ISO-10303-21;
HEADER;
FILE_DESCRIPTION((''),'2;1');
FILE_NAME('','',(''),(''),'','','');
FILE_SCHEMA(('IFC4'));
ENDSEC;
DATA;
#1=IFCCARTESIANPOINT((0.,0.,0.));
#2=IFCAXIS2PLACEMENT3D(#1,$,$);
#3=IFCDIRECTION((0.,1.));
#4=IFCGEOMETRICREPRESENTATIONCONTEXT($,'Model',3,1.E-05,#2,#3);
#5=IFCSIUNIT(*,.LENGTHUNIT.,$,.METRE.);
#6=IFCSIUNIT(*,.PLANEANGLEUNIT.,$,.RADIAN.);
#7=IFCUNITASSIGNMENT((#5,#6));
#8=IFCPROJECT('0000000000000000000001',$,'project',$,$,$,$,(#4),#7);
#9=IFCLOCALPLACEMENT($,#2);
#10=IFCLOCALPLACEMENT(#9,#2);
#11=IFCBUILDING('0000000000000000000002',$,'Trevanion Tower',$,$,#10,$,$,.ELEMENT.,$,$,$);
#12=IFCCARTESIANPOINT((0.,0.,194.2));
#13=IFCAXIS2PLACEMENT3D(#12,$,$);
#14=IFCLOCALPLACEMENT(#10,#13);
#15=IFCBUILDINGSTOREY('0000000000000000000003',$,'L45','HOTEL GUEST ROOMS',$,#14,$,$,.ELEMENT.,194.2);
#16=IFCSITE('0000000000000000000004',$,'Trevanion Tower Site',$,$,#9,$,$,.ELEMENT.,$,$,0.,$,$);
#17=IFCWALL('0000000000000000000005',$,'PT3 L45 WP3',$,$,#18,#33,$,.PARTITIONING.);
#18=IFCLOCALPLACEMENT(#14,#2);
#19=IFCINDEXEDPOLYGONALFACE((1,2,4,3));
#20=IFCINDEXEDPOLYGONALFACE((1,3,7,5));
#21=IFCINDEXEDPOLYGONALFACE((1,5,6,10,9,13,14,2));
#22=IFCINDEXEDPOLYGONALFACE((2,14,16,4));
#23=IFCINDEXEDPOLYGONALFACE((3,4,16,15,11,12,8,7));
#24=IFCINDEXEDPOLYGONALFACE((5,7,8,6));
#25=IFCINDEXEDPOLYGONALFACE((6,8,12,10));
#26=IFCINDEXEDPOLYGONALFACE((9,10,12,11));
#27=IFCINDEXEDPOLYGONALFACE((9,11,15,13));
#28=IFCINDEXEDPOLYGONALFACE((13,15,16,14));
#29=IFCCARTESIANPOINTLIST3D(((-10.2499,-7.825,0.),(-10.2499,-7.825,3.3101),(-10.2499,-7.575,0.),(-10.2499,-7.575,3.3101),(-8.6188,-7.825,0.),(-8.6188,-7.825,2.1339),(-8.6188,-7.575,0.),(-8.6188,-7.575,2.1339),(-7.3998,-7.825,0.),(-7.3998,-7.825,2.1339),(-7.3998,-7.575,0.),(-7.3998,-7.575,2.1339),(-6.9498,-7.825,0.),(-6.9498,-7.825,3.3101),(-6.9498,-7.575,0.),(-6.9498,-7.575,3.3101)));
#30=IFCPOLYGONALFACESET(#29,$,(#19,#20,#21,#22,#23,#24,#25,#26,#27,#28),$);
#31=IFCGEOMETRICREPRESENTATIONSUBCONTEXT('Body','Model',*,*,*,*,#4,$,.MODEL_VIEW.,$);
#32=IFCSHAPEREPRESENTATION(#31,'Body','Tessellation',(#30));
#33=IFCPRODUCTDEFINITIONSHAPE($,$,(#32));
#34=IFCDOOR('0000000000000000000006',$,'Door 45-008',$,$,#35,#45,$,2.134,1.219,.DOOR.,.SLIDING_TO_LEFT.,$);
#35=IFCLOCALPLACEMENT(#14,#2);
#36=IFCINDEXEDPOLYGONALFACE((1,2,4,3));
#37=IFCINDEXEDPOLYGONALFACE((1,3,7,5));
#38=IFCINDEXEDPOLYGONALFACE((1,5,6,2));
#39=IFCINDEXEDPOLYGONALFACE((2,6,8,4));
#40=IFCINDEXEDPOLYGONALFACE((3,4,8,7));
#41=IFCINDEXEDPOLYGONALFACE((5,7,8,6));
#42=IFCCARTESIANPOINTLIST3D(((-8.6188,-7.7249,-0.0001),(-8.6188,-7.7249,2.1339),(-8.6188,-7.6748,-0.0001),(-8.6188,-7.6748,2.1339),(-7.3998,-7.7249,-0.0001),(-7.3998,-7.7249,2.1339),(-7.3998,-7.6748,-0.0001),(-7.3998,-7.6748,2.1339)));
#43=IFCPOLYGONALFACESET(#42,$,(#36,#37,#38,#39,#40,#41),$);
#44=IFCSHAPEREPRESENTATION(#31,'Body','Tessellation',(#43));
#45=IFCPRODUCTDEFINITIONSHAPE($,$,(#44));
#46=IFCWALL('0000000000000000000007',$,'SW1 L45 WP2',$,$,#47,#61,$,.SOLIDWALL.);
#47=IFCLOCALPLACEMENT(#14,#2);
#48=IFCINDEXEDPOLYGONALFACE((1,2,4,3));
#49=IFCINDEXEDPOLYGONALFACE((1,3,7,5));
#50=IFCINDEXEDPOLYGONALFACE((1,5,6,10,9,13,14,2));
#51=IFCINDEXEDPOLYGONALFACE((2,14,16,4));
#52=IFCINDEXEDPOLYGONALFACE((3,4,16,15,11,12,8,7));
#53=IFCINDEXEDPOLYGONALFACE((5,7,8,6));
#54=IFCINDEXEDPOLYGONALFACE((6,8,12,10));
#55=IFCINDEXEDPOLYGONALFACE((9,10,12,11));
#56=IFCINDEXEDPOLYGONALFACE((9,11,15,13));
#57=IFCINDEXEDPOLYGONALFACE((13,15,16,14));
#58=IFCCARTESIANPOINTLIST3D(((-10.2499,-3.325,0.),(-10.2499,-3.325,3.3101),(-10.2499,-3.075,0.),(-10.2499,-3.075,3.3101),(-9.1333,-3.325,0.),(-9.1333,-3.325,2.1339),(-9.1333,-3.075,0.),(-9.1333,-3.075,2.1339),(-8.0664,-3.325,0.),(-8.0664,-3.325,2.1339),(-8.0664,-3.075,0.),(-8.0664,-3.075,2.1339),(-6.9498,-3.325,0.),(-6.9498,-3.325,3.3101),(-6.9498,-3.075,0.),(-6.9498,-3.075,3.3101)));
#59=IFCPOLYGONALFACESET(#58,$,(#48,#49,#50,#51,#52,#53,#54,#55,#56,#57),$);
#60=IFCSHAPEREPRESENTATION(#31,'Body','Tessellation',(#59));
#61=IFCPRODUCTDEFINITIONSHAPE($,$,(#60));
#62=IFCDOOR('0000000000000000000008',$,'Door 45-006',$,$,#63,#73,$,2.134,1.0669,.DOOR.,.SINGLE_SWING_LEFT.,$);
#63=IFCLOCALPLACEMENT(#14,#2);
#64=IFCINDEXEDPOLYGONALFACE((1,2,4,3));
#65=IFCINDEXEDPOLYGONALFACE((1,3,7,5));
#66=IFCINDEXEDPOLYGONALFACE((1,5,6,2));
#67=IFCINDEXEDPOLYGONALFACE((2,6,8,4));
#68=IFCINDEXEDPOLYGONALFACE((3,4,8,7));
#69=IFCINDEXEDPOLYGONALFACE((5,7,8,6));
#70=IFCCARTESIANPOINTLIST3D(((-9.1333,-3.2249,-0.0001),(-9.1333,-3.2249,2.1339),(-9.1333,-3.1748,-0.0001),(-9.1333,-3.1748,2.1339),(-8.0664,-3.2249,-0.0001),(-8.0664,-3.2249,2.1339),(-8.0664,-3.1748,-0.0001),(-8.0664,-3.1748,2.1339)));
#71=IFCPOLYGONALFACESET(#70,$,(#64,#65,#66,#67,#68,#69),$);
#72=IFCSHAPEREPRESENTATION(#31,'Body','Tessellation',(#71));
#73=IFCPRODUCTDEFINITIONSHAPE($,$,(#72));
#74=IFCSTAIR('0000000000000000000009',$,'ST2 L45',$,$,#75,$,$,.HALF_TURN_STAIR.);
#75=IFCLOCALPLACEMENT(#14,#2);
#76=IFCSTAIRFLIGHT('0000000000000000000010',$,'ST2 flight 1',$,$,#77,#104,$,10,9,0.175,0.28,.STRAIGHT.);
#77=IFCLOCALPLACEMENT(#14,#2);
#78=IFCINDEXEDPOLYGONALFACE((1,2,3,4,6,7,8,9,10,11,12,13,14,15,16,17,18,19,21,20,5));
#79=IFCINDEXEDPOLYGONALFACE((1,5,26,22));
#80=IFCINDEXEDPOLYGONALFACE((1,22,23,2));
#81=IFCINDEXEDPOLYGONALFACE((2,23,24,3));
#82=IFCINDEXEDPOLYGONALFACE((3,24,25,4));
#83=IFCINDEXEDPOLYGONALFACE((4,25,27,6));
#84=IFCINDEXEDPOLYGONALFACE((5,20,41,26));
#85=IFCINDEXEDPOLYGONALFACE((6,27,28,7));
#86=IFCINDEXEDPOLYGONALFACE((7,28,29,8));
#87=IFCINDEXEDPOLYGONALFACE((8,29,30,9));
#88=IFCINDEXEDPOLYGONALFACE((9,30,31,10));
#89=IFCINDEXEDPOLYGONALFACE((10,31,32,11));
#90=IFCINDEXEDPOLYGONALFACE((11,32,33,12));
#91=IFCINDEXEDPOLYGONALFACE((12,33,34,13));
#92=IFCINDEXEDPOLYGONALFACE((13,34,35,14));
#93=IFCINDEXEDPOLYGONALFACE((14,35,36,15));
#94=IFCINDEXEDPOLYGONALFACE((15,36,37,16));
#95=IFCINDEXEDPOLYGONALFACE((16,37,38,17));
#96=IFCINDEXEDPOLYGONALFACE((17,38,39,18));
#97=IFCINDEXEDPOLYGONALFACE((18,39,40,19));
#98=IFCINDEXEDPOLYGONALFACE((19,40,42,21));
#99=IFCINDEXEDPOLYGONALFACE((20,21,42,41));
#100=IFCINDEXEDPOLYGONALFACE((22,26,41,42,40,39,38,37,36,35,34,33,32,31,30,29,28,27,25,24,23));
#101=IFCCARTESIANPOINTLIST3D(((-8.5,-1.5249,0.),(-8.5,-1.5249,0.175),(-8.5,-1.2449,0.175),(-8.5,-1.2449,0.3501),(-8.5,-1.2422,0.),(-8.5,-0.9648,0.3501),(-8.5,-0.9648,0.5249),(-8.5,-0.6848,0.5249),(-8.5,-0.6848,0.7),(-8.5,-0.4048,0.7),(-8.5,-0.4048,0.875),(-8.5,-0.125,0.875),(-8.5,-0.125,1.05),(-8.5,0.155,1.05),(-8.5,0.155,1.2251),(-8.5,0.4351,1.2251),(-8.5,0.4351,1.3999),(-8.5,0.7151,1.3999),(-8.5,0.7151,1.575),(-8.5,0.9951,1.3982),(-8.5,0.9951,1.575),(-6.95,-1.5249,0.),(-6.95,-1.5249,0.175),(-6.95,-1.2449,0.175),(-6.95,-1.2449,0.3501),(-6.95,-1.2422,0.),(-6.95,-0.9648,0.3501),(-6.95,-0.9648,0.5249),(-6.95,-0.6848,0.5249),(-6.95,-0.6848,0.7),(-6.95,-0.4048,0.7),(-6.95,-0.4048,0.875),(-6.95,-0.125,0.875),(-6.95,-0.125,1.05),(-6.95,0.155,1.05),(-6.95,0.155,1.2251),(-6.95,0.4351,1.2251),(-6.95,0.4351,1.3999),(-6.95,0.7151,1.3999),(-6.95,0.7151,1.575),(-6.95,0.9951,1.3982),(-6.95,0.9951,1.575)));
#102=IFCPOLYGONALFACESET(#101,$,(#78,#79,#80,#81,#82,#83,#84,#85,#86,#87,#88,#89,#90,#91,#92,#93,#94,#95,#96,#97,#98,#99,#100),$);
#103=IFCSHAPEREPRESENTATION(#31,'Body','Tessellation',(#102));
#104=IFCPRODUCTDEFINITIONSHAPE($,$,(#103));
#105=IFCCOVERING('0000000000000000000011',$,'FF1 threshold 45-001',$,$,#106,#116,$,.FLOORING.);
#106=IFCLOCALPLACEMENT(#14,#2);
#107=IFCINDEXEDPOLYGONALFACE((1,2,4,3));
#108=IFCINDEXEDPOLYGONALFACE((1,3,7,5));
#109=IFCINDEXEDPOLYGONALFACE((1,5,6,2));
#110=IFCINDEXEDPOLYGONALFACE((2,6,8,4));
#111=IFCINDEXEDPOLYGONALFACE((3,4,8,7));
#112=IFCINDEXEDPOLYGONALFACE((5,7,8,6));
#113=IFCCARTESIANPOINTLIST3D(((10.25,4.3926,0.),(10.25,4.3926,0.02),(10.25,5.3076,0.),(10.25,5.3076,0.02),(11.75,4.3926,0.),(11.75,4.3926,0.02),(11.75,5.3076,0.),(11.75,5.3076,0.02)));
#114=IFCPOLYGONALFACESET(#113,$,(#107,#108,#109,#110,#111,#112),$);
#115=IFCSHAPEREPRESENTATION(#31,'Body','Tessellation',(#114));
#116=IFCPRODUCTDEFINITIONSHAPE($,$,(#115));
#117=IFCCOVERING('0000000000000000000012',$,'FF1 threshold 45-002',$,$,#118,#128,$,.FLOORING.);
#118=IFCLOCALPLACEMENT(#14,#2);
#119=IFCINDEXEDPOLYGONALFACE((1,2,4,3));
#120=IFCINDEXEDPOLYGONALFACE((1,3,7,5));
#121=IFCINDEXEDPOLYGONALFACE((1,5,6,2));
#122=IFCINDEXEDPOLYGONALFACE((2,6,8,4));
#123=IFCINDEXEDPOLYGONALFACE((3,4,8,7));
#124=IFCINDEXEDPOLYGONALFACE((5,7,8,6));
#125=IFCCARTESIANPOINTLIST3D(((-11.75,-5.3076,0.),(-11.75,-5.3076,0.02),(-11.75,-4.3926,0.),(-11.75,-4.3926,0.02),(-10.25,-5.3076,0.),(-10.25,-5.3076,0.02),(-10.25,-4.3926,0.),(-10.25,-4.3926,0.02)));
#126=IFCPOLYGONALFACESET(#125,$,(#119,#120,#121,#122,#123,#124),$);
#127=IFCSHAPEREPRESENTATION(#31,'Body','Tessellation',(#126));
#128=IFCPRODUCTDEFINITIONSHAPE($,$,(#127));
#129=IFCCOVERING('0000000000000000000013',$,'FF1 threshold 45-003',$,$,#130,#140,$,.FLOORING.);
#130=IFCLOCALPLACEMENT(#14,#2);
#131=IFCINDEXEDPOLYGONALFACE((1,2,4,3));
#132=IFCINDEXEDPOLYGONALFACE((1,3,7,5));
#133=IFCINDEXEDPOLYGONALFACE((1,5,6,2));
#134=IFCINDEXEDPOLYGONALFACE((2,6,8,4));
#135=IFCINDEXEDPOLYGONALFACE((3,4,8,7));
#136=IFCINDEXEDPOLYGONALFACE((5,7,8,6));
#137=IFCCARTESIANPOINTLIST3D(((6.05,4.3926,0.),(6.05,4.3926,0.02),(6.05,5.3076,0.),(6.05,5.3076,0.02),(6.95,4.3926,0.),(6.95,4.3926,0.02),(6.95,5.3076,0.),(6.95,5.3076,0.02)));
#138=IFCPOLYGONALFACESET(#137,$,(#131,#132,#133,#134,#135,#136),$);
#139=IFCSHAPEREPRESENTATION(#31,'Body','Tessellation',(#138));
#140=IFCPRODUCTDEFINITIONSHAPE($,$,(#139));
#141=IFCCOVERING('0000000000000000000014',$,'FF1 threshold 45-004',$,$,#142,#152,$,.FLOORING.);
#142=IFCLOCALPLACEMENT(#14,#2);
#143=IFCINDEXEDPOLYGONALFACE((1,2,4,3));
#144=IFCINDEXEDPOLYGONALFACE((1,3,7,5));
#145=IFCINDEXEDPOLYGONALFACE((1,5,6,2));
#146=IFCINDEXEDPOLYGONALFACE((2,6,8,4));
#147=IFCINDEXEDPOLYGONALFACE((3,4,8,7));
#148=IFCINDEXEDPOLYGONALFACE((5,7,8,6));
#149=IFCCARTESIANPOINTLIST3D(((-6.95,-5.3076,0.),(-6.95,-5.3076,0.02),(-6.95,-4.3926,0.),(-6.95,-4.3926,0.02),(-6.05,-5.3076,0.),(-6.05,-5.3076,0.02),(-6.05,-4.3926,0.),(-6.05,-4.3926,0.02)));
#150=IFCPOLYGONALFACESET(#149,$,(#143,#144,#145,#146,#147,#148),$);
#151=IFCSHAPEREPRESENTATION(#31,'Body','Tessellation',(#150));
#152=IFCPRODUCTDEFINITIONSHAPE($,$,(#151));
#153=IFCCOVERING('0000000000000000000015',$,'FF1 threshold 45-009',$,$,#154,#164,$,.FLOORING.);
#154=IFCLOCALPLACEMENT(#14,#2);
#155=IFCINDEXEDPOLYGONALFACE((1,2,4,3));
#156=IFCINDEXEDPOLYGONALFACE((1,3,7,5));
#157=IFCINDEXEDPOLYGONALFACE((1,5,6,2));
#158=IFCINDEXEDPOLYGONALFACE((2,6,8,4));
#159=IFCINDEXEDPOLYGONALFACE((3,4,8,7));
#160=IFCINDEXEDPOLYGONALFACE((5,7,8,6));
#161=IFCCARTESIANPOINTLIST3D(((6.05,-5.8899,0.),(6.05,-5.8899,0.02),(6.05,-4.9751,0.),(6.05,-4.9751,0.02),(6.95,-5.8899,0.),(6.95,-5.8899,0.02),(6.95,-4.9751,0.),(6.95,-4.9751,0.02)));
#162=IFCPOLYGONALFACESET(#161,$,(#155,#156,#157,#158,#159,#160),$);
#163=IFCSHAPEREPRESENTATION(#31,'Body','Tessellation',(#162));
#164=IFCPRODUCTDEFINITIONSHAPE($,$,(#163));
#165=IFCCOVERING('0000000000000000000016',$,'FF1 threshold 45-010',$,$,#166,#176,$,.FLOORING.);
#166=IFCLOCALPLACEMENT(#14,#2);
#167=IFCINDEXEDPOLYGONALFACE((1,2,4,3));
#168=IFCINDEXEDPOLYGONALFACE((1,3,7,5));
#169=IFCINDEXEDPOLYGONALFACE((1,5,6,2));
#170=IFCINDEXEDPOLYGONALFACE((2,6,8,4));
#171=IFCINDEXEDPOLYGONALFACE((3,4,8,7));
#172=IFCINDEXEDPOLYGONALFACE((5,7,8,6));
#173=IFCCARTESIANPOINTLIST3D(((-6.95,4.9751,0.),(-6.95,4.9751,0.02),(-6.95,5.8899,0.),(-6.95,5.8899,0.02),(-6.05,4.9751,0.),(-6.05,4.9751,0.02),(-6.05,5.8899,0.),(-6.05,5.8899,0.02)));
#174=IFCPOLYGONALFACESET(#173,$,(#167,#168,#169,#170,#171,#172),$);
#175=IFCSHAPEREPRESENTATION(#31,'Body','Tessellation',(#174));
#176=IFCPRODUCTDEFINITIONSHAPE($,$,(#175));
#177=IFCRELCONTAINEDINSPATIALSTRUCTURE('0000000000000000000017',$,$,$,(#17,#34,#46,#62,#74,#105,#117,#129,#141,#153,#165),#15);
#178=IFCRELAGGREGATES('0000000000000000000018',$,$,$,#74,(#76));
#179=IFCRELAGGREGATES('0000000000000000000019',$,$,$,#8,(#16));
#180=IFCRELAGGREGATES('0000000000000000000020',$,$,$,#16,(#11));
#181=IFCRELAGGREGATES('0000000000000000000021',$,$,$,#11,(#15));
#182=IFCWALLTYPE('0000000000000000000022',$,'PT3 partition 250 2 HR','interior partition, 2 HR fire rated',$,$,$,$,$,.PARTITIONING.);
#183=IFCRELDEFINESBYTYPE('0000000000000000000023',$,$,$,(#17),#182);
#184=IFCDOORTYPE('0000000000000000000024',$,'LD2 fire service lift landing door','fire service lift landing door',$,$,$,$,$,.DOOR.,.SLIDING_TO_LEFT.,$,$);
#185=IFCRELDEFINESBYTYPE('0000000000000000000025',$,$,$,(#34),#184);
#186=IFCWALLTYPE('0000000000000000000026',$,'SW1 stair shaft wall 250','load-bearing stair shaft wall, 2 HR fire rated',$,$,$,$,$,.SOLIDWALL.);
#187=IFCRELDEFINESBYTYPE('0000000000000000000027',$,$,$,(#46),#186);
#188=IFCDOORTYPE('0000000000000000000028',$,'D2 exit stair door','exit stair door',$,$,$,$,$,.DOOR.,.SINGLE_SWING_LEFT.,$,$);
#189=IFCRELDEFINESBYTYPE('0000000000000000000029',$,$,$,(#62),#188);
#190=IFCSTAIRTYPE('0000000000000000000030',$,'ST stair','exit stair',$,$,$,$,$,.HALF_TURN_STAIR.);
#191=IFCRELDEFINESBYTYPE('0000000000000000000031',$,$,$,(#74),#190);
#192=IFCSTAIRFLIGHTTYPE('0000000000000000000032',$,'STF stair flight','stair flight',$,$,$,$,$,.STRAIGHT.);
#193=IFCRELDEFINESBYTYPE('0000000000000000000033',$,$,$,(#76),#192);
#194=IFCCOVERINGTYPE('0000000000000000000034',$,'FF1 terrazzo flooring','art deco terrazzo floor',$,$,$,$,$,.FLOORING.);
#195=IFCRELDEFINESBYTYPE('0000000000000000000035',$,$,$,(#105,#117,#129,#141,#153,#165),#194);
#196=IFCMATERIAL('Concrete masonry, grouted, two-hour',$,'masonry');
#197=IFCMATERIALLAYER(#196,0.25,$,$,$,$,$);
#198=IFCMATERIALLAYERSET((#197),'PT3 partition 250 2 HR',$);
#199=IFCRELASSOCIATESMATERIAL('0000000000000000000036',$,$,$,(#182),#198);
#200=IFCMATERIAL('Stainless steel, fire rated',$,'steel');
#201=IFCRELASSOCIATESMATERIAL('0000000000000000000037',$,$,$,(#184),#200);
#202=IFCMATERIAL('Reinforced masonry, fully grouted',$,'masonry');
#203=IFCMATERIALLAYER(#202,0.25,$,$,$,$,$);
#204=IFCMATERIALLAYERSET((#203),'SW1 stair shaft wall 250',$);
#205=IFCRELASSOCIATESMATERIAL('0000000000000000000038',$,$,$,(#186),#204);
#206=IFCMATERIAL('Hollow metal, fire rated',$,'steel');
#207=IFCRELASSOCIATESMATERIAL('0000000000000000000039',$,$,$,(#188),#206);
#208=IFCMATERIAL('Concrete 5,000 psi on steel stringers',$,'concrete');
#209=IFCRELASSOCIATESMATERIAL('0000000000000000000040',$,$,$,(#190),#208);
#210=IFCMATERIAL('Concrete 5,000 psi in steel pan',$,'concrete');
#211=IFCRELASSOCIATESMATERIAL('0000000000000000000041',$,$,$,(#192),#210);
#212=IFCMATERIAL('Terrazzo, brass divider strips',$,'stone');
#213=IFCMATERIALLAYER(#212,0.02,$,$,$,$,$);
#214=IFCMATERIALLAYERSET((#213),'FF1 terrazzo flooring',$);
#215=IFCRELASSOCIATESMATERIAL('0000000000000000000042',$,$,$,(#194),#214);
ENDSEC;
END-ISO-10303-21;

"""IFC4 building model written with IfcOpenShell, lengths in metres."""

from ifc_helpers import new_model, si_unit, direction, frame, frame_2d, origin, place, context, subcontext, project, spatial, polyline, rectangle, outline, extrude, material, layer, layer_set, type_object, element, fill, aggregate, save


model = new_model("IFC4")

# Units and contexts
model_context = context("Model", 3, precision=1e-05, world=origin(), true_north=direction((0.0, 1.0)))
body_context = subcontext(model_context, "Body", "Model", "MODEL_VIEW")
ifc_project = project(units=[si_unit("LENGTHUNIT", "METRE"), si_unit("PLANEANGLEUNIT", "RADIAN")], contexts=[model_context])

# Site, building, storey
site_placement = place(None, origin())
site = spatial("IfcSite", under=ifc_project, at=site_placement, Name="Trevanion Tower Site", CompositionType="ELEMENT", RefElevation=0.0)
building_placement = place(site_placement, origin())
building = spatial("IfcBuilding", under=site, at=building_placement, Name="Trevanion Tower", CompositionType="ELEMENT")
storey_placement = place(building_placement, frame((0.0, 0.0, 194.2)))
storey = spatial("IfcBuildingStorey", under=building, at=storey_placement, Name="L45", Description="HOTEL GUEST ROOMS", CompositionType="ELEMENT", Elevation=194.2)

# Walls, openings, doors
ifc_material_1 = material(Name="Concrete masonry, grouted, two-hour", Category="masonry")
ifc_layer_1 = layer(ifc_material_1, 0.25)
ifc_layer_set_1 = layer_set([ifc_layer_1], Name="PT3 partition 250 2 HR")
wall_type_1 = type_object("IfcWallType", Name="PT3 partition 250 2 HR", Description="interior partition, 2 HR fire rated", PredefinedType="PARTITIONING", material=ifc_layer_set_1)
wall_1_placement = place(storey_placement, frame((-6.95, -7.7, 0.0), z_axis=(0.0, 0.0, 1.0), x_axis=(-1.0, 0.0, 0.0)))
wall_1 = element("IfcWall", 1, at=wall_1_placement, inside=storey, type_object=wall_type_1, Name="PT3 L45 WP3", PredefinedType="PARTITIONING", context=body_context, shape_type="SweptSolid", body=[
    extrude(rectangle(XDim=3.3, YDim=0.25, at=frame_2d((1.6499, 0.0))), origin(), (0.0, 0.0, 1.0), 3.3101),
])
opening_1_placement = place(wall_1_placement, frame((0.45, 0.0, 0.0)))
opening_1 = element("IfcOpeningElement", 2, at=opening_1_placement, cuts=wall_1, PredefinedType="OPENING", context=body_context, shape_type="SweptSolid", body=[
    extrude(rectangle(XDim=1.219, YDim=2.134, at=frame_2d((0.6094, 1.0669))), frame((0.0, 0.135, 0.0), z_axis=(0.0, -1.0, 0.0), x_axis=(1.0, 0.0, 0.0)), (0.0, 0.0, 1.0), 0.27),
])
ifc_material_2 = material(Name="Stainless steel, fire rated", Category="steel")
door_type_1 = type_object("IfcDoorType", Name="LD2 fire service lift landing door", Description="fire service lift landing door", OperationType="SLIDING_TO_LEFT", PredefinedType="DOOR", material=ifc_material_2)
door_1_placement = place(opening_1_placement, origin())
door_1 = element("IfcDoor", 3, at=door_1_placement, inside=storey, type_object=door_type_1, Name="Door 45-008", OperationType="SLIDING_TO_LEFT", OverallHeight=2.134, OverallWidth=1.219, PredefinedType="DOOR", context=body_context, shape_type="SweptSolid", body=[
    extrude(rectangle(XDim=1.219, YDim=2.134, at=frame_2d((0.6094, 1.0669))), frame((0.0, 0.0249, 0.0), z_axis=(0.0, -1.0, 0.0), x_axis=(1.0, 0.0, 0.0)), (0.0, 0.0, 1.0), 0.05),
])
fill(opening_1, door_1)
ifc_material_3 = material(Name="Reinforced masonry, fully grouted", Category="masonry")
ifc_layer_2 = layer(ifc_material_3, 0.25)
ifc_layer_set_2 = layer_set([ifc_layer_2], Name="SW1 stair shaft wall 250")
wall_type_2 = type_object("IfcWallType", Name="SW1 stair shaft wall 250", Description="load-bearing stair shaft wall, 2 HR fire rated", PredefinedType="SOLIDWALL", material=ifc_layer_set_2)
wall_2_placement = place(storey_placement, frame((-6.95, -3.2, 0.0), z_axis=(0.0, 0.0, 1.0), x_axis=(-1.0, 0.0, 0.0)))
wall_2 = element("IfcWall", 4, at=wall_2_placement, inside=storey, type_object=wall_type_2, Name="SW1 L45 WP2", PredefinedType="SOLIDWALL", context=body_context, shape_type="SweptSolid", body=[
    extrude(rectangle(XDim=3.3, YDim=0.25, at=frame_2d((1.6499, 0.0))), origin(), (0.0, 0.0, 1.0), 3.3101),
])
opening_2_placement = place(wall_2_placement, frame((1.1165, 0.0, 0.0)))
opening_2 = element("IfcOpeningElement", 5, at=opening_2_placement, cuts=wall_2, PredefinedType="OPENING", context=body_context, shape_type="SweptSolid", body=[
    extrude(rectangle(XDim=1.0669, YDim=2.134, at=frame_2d((0.5334, 1.0669))), frame((0.0, 0.135, 0.0), z_axis=(0.0, -1.0, 0.0), x_axis=(1.0, 0.0, 0.0)), (0.0, 0.0, 1.0), 0.27),
])
ifc_material_4 = material(Name="Hollow metal, fire rated", Category="steel")
door_type_2 = type_object("IfcDoorType", Name="D2 exit stair door", Description="exit stair door", OperationType="SINGLE_SWING_LEFT", PredefinedType="DOOR", material=ifc_material_4)
door_2_placement = place(opening_2_placement, origin())
door_2 = element("IfcDoor", 6, at=door_2_placement, inside=storey, type_object=door_type_2, Name="Door 45-006", OperationType="SINGLE_SWING_LEFT", OverallHeight=2.134, OverallWidth=1.0669, PredefinedType="DOOR", context=body_context, shape_type="SweptSolid", body=[
    extrude(rectangle(XDim=1.0669, YDim=2.134, at=frame_2d((0.5334, 1.0669))), frame((0.0, 0.0249, 0.0), z_axis=(0.0, -1.0, 0.0), x_axis=(1.0, 0.0, 0.0)), (0.0, 0.0, 1.0), 0.05),
])
fill(opening_2, door_2)

# Stair, stair flight
ifc_material_5 = material(Name="Concrete 5,000 psi on steel stringers", Category="concrete")
stair_type = type_object("IfcStairType", Name="ST stair", Description="exit stair", PredefinedType="HALF_TURN_STAIR", material=ifc_material_5)
stair_placement = place(storey_placement, origin())
stair = element("IfcStair", 7, at=stair_placement, inside=storey, type_object=stair_type, Name="ST2 L45", PredefinedType="HALF_TURN_STAIR")
ifc_material_6 = material(Name="Concrete 5,000 psi in steel pan", Category="concrete")
stair_flight_type = type_object("IfcStairFlightType", Name="STF stair flight", Description="stair flight", PredefinedType="STRAIGHT", material=ifc_material_6)
stair_flight_placement = place(storey_placement, frame((-7.7251, -1.5249, 0.0), z_axis=(0.0, 0.0, 1.0), x_axis=(0.0, 1.0, 0.0)))
stair_flight = element("IfcStairFlight", 8, at=stair_flight_placement, type_object=stair_flight_type, Name="ST2 flight 1", NumberOfRisers=10, NumberOfTreads=9, PredefinedType="STRAIGHT", RiserHeight=0.175, TreadLength=0.28, context=body_context, shape_type="SweptSolid", body=[
    extrude(outline(polyline([(0.0, 0.0), (0.0, 0.175), (0.28, 0.175), (0.28, 0.3501), (0.5601, 0.3501), (0.5601, 0.5249), (0.8401, 0.5249), (0.8401, 0.7), (1.1201, 0.7), (1.1201, 0.875), (1.3999, 0.875), (1.3999, 1.05), (1.6799, 1.05), (1.6799, 1.2251), (1.96, 1.2251), (1.96, 1.3999), (2.24, 1.3999), (2.24, 1.575), (2.52, 1.575), (2.52, 1.75), (2.52, 1.3982), (0.2827, 0.0), (0.0, 0.0)])), frame((0.0, 0.7749, 0.0), z_axis=(0.0, -1.0, 0.0), x_axis=(1.0, 0.0, 0.0)), (0.0, 0.0, 1.0), 1.55),
])
aggregate(stair, [stair_flight])

# Coverings
ifc_material_7 = material(Name="Terrazzo, brass divider strips", Category="stone")
ifc_layer_3 = layer(ifc_material_7, 0.02)
ifc_layer_set_3 = layer_set([ifc_layer_3], Name="FF1 terrazzo flooring")
covering_type = type_object("IfcCoveringType", Name="FF1 terrazzo flooring", Description="art deco terrazzo floor", PredefinedType="FLOORING", material=ifc_layer_set_3)
covering_1_placement = place(storey_placement, origin())
element("IfcCovering", 9, at=covering_1_placement, inside=storey, type_object=covering_type, Name="FF1 threshold 45-001", PredefinedType="FLOORING", context=body_context, shape_type="SweptSolid", body=[
    extrude(outline(polyline([(11.75, 4.3926), (11.75, 5.3076), (10.25, 5.3076), (10.25, 4.3926), (11.75, 4.3926)])), origin(), (0.0, 0.0, 1.0), 0.02),
])
covering_2_placement = place(storey_placement, origin())
element("IfcCovering", 10, at=covering_2_placement, inside=storey, type_object=covering_type, Name="FF1 threshold 45-002", PredefinedType="FLOORING", context=body_context, shape_type="SweptSolid", body=[
    extrude(outline(polyline([(-11.75, -4.3926), (-11.75, -5.3076), (-10.25, -5.3076), (-10.25, -4.3926), (-11.75, -4.3926)])), origin(), (0.0, 0.0, 1.0), 0.02),
])
covering_3_placement = place(storey_placement, origin())
element("IfcCovering", 11, at=covering_3_placement, inside=storey, type_object=covering_type, Name="FF1 threshold 45-003", PredefinedType="FLOORING", context=body_context, shape_type="SweptSolid", body=[
    extrude(outline(polyline([(6.95, 4.3926), (6.95, 5.3076), (6.05, 5.3076), (6.05, 4.3926), (6.95, 4.3926)])), origin(), (0.0, 0.0, 1.0), 0.02),
])
covering_4_placement = place(storey_placement, origin())
element("IfcCovering", 12, at=covering_4_placement, inside=storey, type_object=covering_type, Name="FF1 threshold 45-004", PredefinedType="FLOORING", context=body_context, shape_type="SweptSolid", body=[
    extrude(outline(polyline([(-6.95, -4.3926), (-6.95, -5.3076), (-6.05, -5.3076), (-6.05, -4.3926), (-6.95, -4.3926)])), origin(), (0.0, 0.0, 1.0), 0.02),
])
covering_5_placement = place(storey_placement, origin())
element("IfcCovering", 13, at=covering_5_placement, inside=storey, type_object=covering_type, Name="FF1 threshold 45-009", PredefinedType="FLOORING", context=body_context, shape_type="SweptSolid", body=[
    extrude(outline(polyline([(6.95, -5.8899), (6.95, -4.9751), (6.05, -4.9751), (6.05, -5.8899), (6.95, -5.8899)])), origin(), (0.0, 0.0, 1.0), 0.02),
])
covering_6_placement = place(storey_placement, origin())
element("IfcCovering", 14, at=covering_6_placement, inside=storey, type_object=covering_type, Name="FF1 threshold 45-010", PredefinedType="FLOORING", context=body_context, shape_type="SweptSolid", body=[
    extrude(outline(polyline([(-6.95, 5.8899), (-6.95, 4.9751), (-6.05, 4.9751), (-6.05, 5.8899), (-6.95, 5.8899)])), origin(), (0.0, 0.0, 1.0), 0.02),
])

save(model, "model.ifc")
